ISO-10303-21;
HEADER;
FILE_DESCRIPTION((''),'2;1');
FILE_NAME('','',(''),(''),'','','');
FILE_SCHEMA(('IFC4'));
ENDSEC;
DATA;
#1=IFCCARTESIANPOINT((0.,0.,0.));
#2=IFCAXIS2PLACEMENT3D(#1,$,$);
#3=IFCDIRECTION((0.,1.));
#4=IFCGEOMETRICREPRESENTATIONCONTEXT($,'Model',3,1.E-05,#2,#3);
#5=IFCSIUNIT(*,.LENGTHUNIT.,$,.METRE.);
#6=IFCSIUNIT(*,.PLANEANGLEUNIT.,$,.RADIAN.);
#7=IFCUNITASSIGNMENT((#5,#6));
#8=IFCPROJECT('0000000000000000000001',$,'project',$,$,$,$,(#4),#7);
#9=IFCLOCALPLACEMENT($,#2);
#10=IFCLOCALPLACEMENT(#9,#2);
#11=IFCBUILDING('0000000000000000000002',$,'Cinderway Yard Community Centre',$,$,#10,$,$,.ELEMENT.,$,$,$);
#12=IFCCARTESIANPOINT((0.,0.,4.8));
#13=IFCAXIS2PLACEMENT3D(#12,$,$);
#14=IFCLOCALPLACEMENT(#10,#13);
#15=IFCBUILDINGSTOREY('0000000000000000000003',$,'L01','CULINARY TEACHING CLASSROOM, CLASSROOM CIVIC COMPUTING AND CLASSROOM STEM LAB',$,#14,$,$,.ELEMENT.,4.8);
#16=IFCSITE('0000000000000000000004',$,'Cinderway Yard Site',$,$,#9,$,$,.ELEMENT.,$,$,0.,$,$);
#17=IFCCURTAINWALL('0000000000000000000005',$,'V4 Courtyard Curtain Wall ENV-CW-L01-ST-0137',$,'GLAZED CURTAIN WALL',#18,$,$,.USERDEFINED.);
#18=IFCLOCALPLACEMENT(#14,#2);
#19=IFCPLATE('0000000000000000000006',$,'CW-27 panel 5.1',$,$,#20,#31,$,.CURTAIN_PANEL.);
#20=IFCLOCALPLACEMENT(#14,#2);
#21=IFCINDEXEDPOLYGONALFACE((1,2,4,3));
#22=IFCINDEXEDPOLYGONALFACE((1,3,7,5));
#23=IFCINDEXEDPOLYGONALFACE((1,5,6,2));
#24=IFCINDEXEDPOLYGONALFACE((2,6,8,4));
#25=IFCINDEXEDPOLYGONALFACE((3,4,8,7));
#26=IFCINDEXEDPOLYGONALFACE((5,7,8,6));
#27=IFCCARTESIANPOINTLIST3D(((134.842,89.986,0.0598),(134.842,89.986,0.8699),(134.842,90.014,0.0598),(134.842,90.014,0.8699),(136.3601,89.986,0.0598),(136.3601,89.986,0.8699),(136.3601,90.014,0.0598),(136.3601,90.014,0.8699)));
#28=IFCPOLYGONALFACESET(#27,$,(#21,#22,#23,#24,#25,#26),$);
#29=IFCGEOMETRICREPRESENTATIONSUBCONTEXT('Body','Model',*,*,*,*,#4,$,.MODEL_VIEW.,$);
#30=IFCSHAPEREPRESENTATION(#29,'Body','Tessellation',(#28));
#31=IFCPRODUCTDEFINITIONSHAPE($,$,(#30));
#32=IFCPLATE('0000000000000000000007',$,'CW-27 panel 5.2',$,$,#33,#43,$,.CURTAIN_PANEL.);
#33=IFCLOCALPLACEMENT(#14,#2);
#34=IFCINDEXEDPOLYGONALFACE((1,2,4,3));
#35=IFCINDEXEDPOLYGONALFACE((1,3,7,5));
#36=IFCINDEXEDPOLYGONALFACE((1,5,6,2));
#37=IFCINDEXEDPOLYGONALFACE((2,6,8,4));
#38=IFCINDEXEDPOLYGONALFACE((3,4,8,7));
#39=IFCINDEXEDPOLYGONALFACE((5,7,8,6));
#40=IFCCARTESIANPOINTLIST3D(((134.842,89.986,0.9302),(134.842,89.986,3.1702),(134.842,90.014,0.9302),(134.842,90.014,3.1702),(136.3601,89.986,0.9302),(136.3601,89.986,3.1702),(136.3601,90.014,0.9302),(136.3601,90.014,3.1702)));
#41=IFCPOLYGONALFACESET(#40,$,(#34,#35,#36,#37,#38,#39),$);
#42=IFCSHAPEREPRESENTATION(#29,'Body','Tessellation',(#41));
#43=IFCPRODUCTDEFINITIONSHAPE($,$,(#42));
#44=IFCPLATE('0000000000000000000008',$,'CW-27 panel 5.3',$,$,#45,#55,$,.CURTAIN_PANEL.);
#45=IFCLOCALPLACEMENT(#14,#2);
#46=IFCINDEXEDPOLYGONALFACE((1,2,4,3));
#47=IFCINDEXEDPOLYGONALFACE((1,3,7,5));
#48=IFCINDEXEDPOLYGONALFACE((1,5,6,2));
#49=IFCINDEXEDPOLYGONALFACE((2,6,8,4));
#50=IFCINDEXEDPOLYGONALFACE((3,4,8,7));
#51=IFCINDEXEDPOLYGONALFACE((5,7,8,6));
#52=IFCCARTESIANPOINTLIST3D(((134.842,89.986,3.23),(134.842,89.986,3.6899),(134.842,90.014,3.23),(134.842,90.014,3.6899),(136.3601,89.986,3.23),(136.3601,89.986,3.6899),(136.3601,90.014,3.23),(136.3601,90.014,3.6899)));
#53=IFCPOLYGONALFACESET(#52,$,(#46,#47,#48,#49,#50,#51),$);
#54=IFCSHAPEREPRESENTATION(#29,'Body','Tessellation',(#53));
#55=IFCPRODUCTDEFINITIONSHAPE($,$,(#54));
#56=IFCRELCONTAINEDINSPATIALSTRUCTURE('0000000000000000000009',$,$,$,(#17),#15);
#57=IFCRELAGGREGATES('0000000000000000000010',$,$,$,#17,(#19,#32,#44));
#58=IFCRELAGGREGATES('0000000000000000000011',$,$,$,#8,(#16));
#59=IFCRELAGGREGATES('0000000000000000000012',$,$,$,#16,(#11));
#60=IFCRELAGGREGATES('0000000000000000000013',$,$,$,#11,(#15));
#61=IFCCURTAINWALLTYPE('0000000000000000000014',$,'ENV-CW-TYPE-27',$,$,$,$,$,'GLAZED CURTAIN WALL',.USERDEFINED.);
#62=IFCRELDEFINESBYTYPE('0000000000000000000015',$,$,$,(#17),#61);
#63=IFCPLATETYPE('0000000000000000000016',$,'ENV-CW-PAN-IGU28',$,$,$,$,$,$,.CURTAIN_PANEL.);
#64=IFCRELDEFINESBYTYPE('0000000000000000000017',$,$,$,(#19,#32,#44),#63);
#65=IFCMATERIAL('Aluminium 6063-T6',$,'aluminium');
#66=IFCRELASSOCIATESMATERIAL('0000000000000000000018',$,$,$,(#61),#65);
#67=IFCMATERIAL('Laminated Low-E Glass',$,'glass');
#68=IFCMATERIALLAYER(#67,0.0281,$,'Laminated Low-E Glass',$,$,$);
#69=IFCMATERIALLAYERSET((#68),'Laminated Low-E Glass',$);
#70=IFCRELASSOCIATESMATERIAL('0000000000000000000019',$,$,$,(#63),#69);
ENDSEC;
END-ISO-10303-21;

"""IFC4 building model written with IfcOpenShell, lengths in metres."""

from ifc_helpers import new_model, si_unit, direction, frame, origin, origin_2d, place, context, subcontext, project, spatial, rectangle, extrude, material, layer, layer_set, type_object, element, aggregate, save


model = new_model("IFC4")

# Units and contexts
model_context = context("Model", 3, precision=1e-05, world=origin(), true_north=direction((0.0, 1.0)))
body_context = subcontext(model_context, "Body", "Model", "MODEL_VIEW")
ifc_project = project(units=[si_unit("LENGTHUNIT", "METRE"), si_unit("PLANEANGLEUNIT", "RADIAN")], contexts=[model_context])

# Site, building, storey
site_placement = place(None, origin())
site = spatial("IfcSite", under=ifc_project, at=site_placement, Name="Cinderway Yard Site", CompositionType="ELEMENT", RefElevation=0.0)
building_placement = place(site_placement, origin())
building = spatial("IfcBuilding", under=site, at=building_placement, Name="Cinderway Yard Community Centre", CompositionType="ELEMENT")
storey_placement = place(building_placement, frame((0.0, 0.0, 4.8)))
storey = spatial("IfcBuildingStorey", under=building, at=storey_placement, Name="L01", Description="CULINARY TEACHING CLASSROOM, CLASSROOM CIVIC COMPUTING AND CLASSROOM STEM LAB", CompositionType="ELEMENT", Elevation=4.8)

# Curtain wall, plates
ifc_material_1 = material(Name="Aluminium 6063-T6", Category="aluminium")
curtain_wall_type = type_object("IfcCurtainWallType", Name="ENV-CW-TYPE-27", ElementType="GLAZED CURTAIN WALL", PredefinedType="USERDEFINED", material=ifc_material_1)
curtain_wall_placement = place(storey_placement, origin())
curtain_wall = element("IfcCurtainWall", 1, at=curtain_wall_placement, inside=storey, type_object=curtain_wall_type, Name="V4 Courtyard Curtain Wall ENV-CW-L01-ST-0137", ObjectType="GLAZED CURTAIN WALL", PredefinedType="USERDEFINED")
ifc_material_2 = material(Name="Laminated Low-E Glass", Category="glass")
ifc_layer = layer(ifc_material_2, 0.0281, Name="Laminated Low-E Glass")
ifc_layer_set = layer_set([ifc_layer], Name="Laminated Low-E Glass")
plate_type = type_object("IfcPlateType", Name="ENV-CW-PAN-IGU28", PredefinedType="CURTAIN_PANEL", material=ifc_layer_set)
plate_1_placement = place(storey_placement, frame((135.6011, 90.0, 0.0598), z_axis=(0.0, 0.0, 1.0), x_axis=(1.0, 0.0, 0.0)))
plate_1 = element("IfcPlate", 2, at=plate_1_placement, type_object=plate_type, Name="CW-27 panel 5.1", PredefinedType="CURTAIN_PANEL", context=body_context, shape_type="SweptSolid", body=[
    extrude(rectangle(XDim=1.5181, YDim=0.0281, at=origin_2d()), origin(), (0.0, 0.0, 1.0), 0.8101),
])
plate_2_placement = place(storey_placement, frame((135.6011, 90.0, 0.9302), z_axis=(0.0, 0.0, 1.0), x_axis=(1.0, 0.0, 0.0)))
plate_2 = element("IfcPlate", 3, at=plate_2_placement, type_object=plate_type, Name="CW-27 panel 5.2", PredefinedType="CURTAIN_PANEL", context=body_context, shape_type="SweptSolid", body=[
    extrude(rectangle(XDim=1.5181, YDim=0.0281, at=origin_2d()), origin(), (0.0, 0.0, 1.0), 2.24),
])
plate_3_placement = place(storey_placement, frame((135.6011, 90.0, 3.23), z_axis=(0.0, 0.0, 1.0), x_axis=(1.0, 0.0, 0.0)))
plate_3 = element("IfcPlate", 4, at=plate_3_placement, type_object=plate_type, Name="CW-27 panel 5.3", PredefinedType="CURTAIN_PANEL", context=body_context, shape_type="SweptSolid", body=[
    extrude(rectangle(XDim=1.5181, YDim=0.0281, at=origin_2d()), origin(), (0.0, 0.0, 1.0), 0.46),
])
aggregate(curtain_wall, [plate_1, plate_2, plate_3])

save(model, "model.ifc")
